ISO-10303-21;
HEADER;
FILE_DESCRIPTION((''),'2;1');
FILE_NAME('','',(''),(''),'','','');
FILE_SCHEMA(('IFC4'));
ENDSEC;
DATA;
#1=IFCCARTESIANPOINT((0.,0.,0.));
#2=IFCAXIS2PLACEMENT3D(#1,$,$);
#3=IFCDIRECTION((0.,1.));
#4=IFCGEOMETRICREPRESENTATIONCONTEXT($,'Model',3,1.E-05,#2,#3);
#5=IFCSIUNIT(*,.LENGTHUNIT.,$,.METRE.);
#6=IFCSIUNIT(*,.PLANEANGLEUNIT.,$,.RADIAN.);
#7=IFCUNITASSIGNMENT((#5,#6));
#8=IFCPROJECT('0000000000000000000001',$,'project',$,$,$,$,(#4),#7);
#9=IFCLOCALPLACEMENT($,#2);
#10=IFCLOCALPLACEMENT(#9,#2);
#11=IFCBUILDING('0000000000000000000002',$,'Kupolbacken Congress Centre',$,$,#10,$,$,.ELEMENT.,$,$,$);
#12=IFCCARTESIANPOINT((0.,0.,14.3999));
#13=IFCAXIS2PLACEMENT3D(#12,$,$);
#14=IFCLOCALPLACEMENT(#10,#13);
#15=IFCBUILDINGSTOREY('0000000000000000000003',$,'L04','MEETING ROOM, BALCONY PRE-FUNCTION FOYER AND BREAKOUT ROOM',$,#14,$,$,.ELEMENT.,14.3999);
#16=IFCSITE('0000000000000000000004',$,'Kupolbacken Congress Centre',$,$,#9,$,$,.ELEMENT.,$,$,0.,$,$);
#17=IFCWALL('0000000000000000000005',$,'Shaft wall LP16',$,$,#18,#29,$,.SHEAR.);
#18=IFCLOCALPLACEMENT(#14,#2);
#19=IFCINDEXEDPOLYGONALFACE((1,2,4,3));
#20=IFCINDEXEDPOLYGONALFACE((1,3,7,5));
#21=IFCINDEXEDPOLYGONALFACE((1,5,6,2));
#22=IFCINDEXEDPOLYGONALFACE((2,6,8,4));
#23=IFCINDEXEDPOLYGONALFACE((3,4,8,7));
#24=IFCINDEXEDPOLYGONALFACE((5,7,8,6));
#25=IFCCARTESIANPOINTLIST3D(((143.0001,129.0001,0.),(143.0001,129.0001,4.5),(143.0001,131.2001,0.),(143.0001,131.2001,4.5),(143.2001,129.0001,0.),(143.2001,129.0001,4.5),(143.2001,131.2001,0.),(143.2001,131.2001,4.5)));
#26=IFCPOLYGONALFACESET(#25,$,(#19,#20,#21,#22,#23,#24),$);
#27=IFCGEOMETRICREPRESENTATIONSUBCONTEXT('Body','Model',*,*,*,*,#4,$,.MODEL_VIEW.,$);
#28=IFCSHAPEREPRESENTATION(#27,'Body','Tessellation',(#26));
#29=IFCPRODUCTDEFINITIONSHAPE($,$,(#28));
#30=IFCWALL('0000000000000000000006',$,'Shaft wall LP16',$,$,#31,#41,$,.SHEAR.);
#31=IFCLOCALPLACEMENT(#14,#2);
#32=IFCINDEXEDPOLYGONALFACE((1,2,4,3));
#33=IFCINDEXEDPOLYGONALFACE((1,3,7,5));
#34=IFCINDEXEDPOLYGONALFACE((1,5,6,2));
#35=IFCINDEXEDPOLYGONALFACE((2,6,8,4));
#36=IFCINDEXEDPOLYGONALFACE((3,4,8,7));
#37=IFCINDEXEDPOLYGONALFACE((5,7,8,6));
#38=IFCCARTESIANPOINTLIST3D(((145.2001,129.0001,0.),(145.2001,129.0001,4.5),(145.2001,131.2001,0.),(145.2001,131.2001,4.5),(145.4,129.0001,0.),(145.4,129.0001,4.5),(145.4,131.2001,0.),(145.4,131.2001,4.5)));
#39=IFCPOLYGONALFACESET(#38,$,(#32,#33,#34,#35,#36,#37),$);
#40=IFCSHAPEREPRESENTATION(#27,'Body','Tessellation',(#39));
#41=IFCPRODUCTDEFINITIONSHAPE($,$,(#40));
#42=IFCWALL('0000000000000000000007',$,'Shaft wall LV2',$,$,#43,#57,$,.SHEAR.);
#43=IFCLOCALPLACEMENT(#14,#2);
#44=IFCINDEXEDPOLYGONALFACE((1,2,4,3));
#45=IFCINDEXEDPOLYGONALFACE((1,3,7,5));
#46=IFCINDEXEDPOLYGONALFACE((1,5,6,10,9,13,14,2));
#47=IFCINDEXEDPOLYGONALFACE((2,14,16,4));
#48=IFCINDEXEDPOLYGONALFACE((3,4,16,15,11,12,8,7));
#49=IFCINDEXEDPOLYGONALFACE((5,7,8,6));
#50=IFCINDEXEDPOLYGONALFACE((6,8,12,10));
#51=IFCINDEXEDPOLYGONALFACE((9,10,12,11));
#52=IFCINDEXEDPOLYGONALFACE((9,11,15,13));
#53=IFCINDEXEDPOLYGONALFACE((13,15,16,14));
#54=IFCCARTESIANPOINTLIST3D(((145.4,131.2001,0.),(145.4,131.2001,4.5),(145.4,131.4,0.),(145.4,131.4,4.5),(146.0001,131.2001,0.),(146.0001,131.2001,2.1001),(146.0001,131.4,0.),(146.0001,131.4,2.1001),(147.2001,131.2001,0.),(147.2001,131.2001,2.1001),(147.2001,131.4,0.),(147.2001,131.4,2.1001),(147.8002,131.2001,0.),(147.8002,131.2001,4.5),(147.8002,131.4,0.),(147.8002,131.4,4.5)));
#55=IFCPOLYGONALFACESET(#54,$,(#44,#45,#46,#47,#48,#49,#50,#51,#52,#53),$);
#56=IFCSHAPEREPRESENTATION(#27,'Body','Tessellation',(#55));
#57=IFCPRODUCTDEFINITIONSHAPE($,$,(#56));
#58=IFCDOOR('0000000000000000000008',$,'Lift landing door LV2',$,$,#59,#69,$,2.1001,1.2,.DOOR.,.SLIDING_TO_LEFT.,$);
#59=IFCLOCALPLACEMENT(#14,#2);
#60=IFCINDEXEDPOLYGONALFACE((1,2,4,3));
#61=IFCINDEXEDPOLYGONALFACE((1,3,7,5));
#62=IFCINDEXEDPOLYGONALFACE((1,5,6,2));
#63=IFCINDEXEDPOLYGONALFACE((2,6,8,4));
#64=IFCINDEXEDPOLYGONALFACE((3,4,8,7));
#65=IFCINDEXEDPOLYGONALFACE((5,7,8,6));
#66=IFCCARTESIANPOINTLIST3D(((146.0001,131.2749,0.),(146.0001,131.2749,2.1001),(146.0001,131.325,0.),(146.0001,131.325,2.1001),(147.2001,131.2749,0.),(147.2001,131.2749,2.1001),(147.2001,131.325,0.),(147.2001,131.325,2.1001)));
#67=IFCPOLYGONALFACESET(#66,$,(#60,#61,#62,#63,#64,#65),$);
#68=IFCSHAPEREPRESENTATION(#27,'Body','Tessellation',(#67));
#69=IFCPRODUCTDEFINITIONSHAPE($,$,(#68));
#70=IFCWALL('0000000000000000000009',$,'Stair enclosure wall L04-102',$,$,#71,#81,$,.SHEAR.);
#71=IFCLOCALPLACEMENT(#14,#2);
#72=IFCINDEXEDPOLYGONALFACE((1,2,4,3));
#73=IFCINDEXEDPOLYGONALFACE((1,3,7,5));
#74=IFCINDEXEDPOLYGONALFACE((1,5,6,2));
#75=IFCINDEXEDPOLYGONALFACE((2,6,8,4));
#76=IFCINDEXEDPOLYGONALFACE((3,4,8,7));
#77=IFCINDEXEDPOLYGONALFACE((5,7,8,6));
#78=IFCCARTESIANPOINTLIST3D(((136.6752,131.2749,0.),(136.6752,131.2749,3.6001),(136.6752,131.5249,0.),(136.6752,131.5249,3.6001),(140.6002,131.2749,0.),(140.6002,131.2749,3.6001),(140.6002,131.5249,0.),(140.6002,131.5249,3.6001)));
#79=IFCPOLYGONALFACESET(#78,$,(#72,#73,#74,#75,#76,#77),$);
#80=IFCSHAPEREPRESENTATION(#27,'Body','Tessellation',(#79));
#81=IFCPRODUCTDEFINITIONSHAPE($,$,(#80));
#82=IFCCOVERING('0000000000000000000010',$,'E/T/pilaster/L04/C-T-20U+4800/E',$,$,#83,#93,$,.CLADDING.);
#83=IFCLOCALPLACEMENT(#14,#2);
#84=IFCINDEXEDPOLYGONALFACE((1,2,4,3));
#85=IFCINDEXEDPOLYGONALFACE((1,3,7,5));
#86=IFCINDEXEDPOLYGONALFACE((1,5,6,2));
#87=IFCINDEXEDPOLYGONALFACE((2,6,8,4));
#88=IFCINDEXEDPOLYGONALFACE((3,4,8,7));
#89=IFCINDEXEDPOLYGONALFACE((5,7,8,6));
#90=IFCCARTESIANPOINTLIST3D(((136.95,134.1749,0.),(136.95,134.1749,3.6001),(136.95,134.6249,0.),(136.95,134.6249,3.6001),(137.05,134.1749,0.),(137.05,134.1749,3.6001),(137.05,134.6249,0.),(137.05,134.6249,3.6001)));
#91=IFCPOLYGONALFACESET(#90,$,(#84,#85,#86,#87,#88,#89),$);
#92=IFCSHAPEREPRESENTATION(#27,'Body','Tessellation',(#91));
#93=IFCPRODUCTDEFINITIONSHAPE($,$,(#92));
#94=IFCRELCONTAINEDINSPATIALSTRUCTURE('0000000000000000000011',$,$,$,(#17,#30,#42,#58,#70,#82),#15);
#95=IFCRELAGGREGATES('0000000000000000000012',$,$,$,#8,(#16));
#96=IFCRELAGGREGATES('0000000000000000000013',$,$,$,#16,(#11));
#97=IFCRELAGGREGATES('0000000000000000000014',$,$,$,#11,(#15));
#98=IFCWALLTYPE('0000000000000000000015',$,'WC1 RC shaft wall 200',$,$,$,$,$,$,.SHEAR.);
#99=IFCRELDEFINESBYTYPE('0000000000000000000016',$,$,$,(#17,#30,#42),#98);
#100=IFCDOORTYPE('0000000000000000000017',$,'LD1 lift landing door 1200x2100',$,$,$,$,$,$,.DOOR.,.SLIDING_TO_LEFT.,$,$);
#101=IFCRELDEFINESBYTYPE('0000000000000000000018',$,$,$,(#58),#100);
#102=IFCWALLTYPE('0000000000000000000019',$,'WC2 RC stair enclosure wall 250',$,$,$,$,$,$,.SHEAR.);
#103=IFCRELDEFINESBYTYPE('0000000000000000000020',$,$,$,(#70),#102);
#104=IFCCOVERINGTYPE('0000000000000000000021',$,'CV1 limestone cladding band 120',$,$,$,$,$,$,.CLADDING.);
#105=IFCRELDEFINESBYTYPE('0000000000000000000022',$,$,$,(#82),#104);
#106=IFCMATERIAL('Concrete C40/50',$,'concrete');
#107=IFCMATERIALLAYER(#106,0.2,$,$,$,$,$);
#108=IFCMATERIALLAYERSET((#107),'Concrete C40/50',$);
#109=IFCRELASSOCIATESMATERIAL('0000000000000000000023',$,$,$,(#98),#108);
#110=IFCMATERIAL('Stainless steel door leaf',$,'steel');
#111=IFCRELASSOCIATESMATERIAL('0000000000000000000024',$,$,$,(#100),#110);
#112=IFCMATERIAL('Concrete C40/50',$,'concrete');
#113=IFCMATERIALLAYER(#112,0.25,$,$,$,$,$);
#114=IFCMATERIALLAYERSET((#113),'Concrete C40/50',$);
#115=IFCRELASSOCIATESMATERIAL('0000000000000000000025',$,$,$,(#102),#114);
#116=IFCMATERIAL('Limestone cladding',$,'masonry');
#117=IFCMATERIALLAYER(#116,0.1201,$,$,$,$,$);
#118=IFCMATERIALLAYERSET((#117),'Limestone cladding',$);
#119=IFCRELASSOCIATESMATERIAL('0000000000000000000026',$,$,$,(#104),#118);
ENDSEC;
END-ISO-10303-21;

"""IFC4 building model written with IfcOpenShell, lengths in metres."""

from ifc_helpers import new_model, si_unit, direction, frame, frame_2d, origin, origin_2d, place, context, subcontext, project, spatial, rectangle, extrude, material, layer, layer_set, type_object, element, fill, save


model = new_model("IFC4")

# Units and contexts
model_context = context("Model", 3, precision=1e-05, world=origin(), true_north=direction((0.0, 1.0)))
body_context = subcontext(model_context, "Body", "Model", "MODEL_VIEW")
ifc_project = project(units=[si_unit("LENGTHUNIT", "METRE"), si_unit("PLANEANGLEUNIT", "RADIAN")], contexts=[model_context])

# Site, building, storey
site_placement = place(None, origin())
site = spatial("IfcSite", under=ifc_project, at=site_placement, Name="Kupolbacken Congress Centre", CompositionType="ELEMENT", RefElevation=0.0)
building_placement = place(site_placement, origin())
building = spatial("IfcBuilding", under=site, at=building_placement, Name="Kupolbacken Congress Centre", CompositionType="ELEMENT")
storey_placement = place(building_placement, frame((0.0, 0.0, 14.3999)))
storey = spatial("IfcBuildingStorey", under=building, at=storey_placement, Name="L04", Description="MEETING ROOM, BALCONY PRE-FUNCTION FOYER AND BREAKOUT ROOM", CompositionType="ELEMENT", Elevation=14.3999)

# Shared definitions
ifc_material_1 = material(Name="Concrete C40/50", Category="concrete")
ifc_layer_1 = layer(ifc_material_1, 0.2)
ifc_layer_set_1 = layer_set([ifc_layer_1], Name="Concrete C40/50")
wall_type_1 = type_object("IfcWallType", Name="WC1 RC shaft wall 200", PredefinedType="SHEAR", material=ifc_layer_set_1)

# Walls
for number, where, z_axis, x_axis, name in (
    (1, (143.1001, 129.0, 0.0), (0.0, 0.0, 1.0), (0.0, 1.0, 0.0), "Shaft wall LP16"),
    (2, (145.3, 129.0, 0.0), (0.0, 0.0, 1.0), (0.0, 1.0, 0.0), "Shaft wall LP16"),
):
    element("IfcWall", number, at=place(storey_placement, frame(where, z_axis=z_axis, x_axis=x_axis)), inside=storey, type_object=wall_type_1, Name=name, PredefinedType="SHEAR", context=body_context, shape_type="SweptSolid", body=[
        extrude(rectangle(XDim=2.2, YDim=0.2, at=frame_2d((1.1001, 0.0))), origin(), (0.0, 0.0, 1.0), 4.5),
    ])

# Wall, opening, door
wall_1_placement = place(storey_placement, frame((145.3999, 131.3, 0.0), z_axis=(0.0, 0.0, 1.0), x_axis=(1.0, 0.0, 0.0)))
wall_1 = element("IfcWall", 3, at=wall_1_placement, inside=storey, type_object=wall_type_1, Name="Shaft wall LV2", PredefinedType="SHEAR", context=body_context, shape_type="SweptSolid", body=[
    extrude(rectangle(XDim=2.4001, YDim=0.2, at=frame_2d((1.2002, 0.0))), origin(), (0.0, 0.0, 1.0), 4.5),
])
opening_1_placement = place(wall_1_placement, frame((0.6001, 0.0, 0.0)))
opening_1 = element("IfcOpeningElement", 4, at=opening_1_placement, cuts=wall_1, PredefinedType="OPENING", context=body_context, shape_type="SweptSolid", body=[
    extrude(rectangle(XDim=1.2, YDim=2.1001, at=frame_2d((0.6001, 1.05))), frame((0.0, 0.1099, 0.0), z_axis=(0.0, -1.0, 0.0), x_axis=(1.0, 0.0, 0.0)), (0.0, 0.0, 1.0), 0.22),
])
ifc_material_2 = material(Name="Stainless steel door leaf", Category="steel")
door_type_1 = type_object("IfcDoorType", Name="LD1 lift landing door 1200x2100", OperationType="SLIDING_TO_LEFT", PredefinedType="DOOR", material=ifc_material_2)
door_1_placement = place(opening_1_placement, origin())
door_1 = element("IfcDoor", 5, at=door_1_placement, inside=storey, type_object=door_type_1, Name="Lift landing door LV2", OperationType="SLIDING_TO_LEFT", OverallHeight=2.1001, OverallWidth=1.2, PredefinedType="DOOR", context=body_context, shape_type="SweptSolid", body=[
    extrude(rectangle(XDim=1.2, YDim=2.1001, at=frame_2d((0.6001, 1.05))), frame((0.0, 0.0249, 0.0), z_axis=(0.0, -1.0, 0.0), x_axis=(1.0, 0.0, 0.0)), (0.0, 0.0, 1.0), 0.05),
])
fill(opening_1, door_1)

# Wall
ifc_material_3 = material(Name="Concrete C40/50", Category="concrete")
ifc_layer_2 = layer(ifc_material_3, 0.25)
ifc_layer_set_2 = layer_set([ifc_layer_2], Name="Concrete C40/50")
wall_type_2 = type_object("IfcWallType", Name="WC2 RC stair enclosure wall 250", PredefinedType="SHEAR", material=ifc_layer_set_2)
wall_2_placement = place(storey_placement, frame((140.6001, 131.3999, 0.0), z_axis=(0.0, 0.0, 1.0), x_axis=(-1.0, 0.0, 0.0)))
element("IfcWall", 6, at=wall_2_placement, inside=storey, type_object=wall_type_2, Name="Stair enclosure wall L04-102", PredefinedType="SHEAR", context=body_context, shape_type="SweptSolid", body=[
    extrude(rectangle(XDim=3.925, YDim=0.25, at=frame_2d((1.9624, 0.0))), origin(), (0.0, 0.0, 1.0), 3.6001),
])

# Covering
ifc_material_4 = material(Name="Limestone cladding", Category="masonry")
ifc_layer_3 = layer(ifc_material_4, 0.1201)
ifc_layer_set_3 = layer_set([ifc_layer_3], Name="Limestone cladding")
covering_type = type_object("IfcCoveringType", Name="CV1 limestone cladding band 120", PredefinedType="CLADDING", material=ifc_layer_set_3)
covering_placement = place(storey_placement, frame((137.0, 134.3999, 0.0), z_axis=(0.0, 0.0, 1.0), x_axis=(1.0, 0.0, 0.0)))
element("IfcCovering", 7, at=covering_placement, inside=storey, type_object=covering_type, Name="E/T/pilaster/L04/C-T-20U+4800/E", PredefinedType="CLADDING", context=body_context, shape_type="SweptSolid", body=[
    extrude(rectangle(XDim=0.1001, YDim=0.45, at=origin_2d()), origin(), (0.0, 0.0, 1.0), 3.6001),
])

save(model, "model.ifc")
